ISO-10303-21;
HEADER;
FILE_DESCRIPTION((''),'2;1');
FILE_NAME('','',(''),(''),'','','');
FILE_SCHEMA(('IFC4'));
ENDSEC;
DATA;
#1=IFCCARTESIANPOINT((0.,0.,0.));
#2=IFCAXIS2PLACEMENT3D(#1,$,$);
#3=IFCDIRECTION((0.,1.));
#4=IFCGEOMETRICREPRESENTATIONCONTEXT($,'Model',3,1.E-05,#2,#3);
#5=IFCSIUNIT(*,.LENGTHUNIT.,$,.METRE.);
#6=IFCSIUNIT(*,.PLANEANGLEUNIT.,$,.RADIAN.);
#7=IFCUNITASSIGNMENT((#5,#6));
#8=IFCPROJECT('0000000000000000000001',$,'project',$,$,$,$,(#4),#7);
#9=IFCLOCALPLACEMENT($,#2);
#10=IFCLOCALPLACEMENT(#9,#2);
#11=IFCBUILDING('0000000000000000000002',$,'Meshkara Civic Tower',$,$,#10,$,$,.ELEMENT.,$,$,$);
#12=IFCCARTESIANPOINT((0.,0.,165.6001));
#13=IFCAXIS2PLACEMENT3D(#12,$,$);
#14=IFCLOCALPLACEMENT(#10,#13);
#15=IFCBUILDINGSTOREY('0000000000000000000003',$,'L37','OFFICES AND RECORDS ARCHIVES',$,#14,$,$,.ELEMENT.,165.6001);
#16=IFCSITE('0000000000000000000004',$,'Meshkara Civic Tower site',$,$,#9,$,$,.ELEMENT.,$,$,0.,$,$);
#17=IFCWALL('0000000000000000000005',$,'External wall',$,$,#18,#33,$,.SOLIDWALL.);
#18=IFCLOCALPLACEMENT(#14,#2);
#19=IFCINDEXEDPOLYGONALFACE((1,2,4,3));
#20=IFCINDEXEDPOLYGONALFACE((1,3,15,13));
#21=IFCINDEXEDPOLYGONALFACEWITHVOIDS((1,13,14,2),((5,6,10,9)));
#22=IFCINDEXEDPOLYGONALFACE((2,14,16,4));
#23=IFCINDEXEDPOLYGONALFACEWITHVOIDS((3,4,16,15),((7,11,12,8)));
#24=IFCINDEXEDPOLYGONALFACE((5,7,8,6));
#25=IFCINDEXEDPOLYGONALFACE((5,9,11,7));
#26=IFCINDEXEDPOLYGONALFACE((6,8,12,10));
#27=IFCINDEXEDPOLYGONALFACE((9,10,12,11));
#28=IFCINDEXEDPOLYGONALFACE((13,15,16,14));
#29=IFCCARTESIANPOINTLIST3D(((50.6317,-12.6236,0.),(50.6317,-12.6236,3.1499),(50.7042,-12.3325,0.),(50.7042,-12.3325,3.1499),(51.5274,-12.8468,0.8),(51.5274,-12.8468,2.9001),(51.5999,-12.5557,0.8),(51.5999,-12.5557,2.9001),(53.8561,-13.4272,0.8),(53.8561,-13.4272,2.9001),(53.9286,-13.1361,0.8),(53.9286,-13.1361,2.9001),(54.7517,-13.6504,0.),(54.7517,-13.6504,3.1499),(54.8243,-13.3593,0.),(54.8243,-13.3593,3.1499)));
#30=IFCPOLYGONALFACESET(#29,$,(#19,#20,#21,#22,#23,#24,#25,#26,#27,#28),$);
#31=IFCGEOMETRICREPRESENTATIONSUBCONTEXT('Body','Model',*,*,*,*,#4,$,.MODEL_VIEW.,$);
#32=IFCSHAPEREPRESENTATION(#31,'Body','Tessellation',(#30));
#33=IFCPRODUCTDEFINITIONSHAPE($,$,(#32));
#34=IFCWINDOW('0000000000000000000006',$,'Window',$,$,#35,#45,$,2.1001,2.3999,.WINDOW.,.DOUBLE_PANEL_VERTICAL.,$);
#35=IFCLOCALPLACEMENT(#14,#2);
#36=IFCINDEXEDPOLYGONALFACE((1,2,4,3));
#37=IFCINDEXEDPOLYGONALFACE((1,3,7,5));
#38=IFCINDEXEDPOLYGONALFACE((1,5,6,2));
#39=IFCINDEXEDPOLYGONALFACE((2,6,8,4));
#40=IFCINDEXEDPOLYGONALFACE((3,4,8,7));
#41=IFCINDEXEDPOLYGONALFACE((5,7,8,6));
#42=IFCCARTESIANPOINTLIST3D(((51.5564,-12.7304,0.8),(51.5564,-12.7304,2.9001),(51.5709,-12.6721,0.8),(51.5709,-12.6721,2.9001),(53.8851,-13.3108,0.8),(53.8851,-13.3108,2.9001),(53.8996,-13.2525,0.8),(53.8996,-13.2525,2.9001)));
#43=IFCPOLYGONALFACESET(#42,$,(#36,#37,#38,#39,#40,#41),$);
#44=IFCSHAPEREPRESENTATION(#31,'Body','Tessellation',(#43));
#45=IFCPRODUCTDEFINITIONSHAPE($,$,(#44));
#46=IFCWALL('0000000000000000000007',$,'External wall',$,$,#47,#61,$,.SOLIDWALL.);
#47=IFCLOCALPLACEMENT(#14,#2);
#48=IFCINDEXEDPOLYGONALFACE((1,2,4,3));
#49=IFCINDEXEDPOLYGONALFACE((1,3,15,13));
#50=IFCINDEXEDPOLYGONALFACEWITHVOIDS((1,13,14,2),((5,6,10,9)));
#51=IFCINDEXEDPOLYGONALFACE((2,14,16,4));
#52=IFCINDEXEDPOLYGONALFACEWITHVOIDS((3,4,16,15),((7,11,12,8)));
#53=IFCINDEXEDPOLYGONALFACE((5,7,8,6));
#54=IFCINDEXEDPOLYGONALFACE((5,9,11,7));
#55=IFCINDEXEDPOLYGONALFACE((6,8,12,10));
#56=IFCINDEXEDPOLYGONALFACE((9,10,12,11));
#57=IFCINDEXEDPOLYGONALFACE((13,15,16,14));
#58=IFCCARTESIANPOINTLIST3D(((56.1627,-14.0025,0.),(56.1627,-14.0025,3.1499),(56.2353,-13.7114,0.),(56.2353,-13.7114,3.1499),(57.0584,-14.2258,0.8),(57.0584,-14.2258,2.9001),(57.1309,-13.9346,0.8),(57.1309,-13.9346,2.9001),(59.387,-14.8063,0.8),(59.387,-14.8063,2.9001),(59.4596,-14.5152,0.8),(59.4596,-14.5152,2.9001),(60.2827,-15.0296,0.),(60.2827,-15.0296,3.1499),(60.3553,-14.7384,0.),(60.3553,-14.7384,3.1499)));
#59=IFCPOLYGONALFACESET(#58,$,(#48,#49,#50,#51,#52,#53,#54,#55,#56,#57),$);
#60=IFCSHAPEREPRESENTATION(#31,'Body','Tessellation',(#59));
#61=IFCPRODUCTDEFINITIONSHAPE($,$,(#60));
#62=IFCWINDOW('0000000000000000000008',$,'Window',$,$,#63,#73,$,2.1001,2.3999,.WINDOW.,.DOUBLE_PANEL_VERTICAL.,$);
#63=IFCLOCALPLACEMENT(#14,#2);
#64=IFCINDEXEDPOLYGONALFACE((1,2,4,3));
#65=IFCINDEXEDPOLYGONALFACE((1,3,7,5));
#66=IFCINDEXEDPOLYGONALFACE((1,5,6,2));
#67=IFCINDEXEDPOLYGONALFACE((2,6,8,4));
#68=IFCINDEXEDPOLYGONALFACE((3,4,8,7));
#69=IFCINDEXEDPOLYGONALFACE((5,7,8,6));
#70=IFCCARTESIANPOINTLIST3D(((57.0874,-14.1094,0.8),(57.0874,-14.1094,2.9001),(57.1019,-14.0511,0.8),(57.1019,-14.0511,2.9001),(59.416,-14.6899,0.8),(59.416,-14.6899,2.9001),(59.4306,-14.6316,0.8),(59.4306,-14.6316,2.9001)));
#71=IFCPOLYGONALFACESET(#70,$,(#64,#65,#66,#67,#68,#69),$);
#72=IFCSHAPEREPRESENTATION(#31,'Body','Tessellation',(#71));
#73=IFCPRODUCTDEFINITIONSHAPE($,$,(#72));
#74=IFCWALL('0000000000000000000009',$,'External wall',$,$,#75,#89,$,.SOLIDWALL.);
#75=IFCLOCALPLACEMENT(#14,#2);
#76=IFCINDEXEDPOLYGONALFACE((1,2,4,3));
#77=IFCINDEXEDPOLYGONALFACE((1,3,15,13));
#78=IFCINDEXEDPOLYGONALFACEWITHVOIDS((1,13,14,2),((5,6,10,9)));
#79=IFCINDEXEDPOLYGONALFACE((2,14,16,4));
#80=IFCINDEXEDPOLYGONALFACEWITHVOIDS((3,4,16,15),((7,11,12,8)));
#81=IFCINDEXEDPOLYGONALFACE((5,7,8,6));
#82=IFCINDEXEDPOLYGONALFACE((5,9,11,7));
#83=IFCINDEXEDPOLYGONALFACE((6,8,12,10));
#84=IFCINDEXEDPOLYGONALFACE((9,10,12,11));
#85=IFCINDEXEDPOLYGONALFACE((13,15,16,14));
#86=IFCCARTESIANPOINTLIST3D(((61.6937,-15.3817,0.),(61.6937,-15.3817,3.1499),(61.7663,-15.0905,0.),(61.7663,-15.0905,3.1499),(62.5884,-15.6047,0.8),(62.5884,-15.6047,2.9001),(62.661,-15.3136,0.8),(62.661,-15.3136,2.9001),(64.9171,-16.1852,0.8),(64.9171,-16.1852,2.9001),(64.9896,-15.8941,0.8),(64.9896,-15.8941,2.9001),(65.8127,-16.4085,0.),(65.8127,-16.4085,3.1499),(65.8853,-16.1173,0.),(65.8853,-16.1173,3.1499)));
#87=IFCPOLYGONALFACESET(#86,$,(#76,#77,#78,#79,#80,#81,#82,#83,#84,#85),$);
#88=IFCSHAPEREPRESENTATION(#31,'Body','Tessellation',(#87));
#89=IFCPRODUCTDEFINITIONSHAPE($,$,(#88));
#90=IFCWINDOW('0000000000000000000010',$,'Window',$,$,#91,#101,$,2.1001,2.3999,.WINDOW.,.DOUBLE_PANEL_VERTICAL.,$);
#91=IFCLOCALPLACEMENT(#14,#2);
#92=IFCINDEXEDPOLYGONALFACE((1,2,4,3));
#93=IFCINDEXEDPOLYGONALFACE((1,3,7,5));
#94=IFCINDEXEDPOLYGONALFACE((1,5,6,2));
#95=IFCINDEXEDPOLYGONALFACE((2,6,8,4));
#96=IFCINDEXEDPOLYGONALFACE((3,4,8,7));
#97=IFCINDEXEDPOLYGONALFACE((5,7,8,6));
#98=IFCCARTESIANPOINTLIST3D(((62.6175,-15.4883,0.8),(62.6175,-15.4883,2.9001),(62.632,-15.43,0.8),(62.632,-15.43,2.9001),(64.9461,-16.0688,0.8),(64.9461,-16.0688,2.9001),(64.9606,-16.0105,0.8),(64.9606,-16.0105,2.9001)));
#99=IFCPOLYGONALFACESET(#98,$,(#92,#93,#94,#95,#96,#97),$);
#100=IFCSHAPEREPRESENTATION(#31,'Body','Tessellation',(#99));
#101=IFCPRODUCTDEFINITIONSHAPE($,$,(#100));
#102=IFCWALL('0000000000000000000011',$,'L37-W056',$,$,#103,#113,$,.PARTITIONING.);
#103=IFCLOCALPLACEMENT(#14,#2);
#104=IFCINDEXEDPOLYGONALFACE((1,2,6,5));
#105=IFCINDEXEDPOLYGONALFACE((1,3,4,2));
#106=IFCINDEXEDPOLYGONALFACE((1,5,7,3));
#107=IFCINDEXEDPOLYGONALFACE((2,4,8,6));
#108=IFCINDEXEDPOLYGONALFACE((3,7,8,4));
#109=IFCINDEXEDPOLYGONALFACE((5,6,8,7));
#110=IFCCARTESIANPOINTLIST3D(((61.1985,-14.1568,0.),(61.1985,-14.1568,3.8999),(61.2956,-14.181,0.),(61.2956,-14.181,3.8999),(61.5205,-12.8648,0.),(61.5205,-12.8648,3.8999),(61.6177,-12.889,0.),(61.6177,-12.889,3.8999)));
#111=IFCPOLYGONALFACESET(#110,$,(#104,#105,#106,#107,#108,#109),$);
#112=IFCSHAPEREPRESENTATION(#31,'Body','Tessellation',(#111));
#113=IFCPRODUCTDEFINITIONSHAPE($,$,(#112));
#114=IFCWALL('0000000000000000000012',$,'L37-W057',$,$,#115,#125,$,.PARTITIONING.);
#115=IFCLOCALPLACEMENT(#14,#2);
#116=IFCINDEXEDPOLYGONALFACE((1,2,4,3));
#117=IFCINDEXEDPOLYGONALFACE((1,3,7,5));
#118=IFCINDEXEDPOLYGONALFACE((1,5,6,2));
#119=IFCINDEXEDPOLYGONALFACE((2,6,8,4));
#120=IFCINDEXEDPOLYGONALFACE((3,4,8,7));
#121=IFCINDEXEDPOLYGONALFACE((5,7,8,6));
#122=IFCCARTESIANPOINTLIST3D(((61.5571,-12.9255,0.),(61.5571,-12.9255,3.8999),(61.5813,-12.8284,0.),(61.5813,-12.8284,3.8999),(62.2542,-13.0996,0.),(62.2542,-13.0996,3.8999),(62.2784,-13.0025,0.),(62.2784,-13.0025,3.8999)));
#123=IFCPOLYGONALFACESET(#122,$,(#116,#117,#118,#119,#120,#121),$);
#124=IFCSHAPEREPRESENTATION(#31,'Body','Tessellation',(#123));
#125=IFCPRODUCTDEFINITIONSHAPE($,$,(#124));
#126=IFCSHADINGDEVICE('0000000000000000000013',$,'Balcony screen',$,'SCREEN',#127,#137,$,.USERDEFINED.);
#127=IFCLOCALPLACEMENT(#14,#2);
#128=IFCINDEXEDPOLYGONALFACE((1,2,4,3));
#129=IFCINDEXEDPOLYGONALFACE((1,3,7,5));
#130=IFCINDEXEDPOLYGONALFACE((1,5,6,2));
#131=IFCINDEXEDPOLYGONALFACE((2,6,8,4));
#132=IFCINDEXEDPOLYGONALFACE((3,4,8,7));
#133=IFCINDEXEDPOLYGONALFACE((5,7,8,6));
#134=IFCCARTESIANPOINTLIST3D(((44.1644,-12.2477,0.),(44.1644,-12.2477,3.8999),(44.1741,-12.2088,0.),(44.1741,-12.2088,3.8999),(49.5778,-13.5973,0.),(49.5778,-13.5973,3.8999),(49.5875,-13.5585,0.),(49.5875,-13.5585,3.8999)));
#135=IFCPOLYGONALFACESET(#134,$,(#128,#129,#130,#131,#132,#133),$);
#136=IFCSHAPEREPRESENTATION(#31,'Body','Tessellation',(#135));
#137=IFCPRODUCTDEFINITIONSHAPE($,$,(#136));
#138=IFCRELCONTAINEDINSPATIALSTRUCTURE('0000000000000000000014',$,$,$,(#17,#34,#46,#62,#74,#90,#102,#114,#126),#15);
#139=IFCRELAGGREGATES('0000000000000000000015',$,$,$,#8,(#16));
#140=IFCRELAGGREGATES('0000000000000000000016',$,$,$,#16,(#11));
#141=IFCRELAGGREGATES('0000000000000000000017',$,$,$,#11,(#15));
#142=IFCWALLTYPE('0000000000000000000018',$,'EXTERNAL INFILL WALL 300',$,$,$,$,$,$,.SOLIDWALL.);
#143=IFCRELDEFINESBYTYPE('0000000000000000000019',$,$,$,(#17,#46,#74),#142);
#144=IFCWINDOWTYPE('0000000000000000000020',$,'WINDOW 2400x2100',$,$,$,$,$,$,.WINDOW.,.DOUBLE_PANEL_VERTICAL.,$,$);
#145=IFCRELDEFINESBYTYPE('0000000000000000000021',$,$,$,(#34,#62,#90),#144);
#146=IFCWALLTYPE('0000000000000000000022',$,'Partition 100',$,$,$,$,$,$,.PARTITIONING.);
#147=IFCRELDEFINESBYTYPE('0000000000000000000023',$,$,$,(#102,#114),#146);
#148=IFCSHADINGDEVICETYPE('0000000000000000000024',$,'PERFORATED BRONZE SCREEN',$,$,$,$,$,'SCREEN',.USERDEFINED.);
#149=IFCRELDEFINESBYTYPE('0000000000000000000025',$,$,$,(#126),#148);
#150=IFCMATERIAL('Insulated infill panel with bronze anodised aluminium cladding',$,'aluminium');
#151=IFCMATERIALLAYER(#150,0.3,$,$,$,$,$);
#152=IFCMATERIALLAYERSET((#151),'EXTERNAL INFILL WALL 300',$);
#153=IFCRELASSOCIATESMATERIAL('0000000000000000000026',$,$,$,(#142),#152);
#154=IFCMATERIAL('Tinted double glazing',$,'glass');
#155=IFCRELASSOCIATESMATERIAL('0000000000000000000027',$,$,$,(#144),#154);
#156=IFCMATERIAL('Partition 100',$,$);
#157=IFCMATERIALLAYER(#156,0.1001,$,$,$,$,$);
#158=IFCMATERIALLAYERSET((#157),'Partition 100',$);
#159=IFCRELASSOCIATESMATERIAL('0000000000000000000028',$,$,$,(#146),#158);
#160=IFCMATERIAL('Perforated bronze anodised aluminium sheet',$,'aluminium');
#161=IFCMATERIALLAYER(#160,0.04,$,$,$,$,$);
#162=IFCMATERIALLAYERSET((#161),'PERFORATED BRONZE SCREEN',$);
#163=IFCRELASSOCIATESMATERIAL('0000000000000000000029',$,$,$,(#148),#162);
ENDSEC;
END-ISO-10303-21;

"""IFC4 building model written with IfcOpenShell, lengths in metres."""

from ifc_helpers import new_model, si_unit, direction, frame, frame_2d, origin, origin_2d, place, context, subcontext, project, spatial, rectangle, extrude, material, layer, layer_set, type_object, element, fill, save


model = new_model("IFC4")

# Units and contexts
model_context = context("Model", 3, precision=1e-05, world=origin(), true_north=direction((0.0, 1.0)))
body_context = subcontext(model_context, "Body", "Model", "MODEL_VIEW")
ifc_project = project(units=[si_unit("LENGTHUNIT", "METRE"), si_unit("PLANEANGLEUNIT", "RADIAN")], contexts=[model_context])

# Site, building, storey
site_placement = place(None, origin())
site = spatial("IfcSite", under=ifc_project, at=site_placement, Name="Meshkara Civic Tower site", CompositionType="ELEMENT", RefElevation=0.0)
building_placement = place(site_placement, origin())
building = spatial("IfcBuilding", under=site, at=building_placement, Name="Meshkara Civic Tower", CompositionType="ELEMENT")
storey_placement = place(building_placement, frame((0.0, 0.0, 165.6001)))
storey = spatial("IfcBuildingStorey", under=building, at=storey_placement, Name="L37", Description="OFFICES AND RECORDS ARCHIVES", CompositionType="ELEMENT", Elevation=165.6001)

# Walls, openings, windows
ifc_material_1 = material(Name="Insulated infill panel with bronze anodised aluminium cladding", Category="aluminium")
ifc_layer_1 = layer(ifc_material_1, 0.3)
ifc_layer_set_1 = layer_set([ifc_layer_1], Name="EXTERNAL INFILL WALL 300")
wall_type_1 = type_object("IfcWallType", Name="EXTERNAL INFILL WALL 300", PredefinedType="SOLIDWALL", material=ifc_layer_set_1)
wall_1_placement = place(storey_placement, frame((50.668, -12.478, 0.0), z_axis=(0.0, 0.0, 1.0), x_axis=(0.970318, -0.241832, 0.0)))
wall_1 = element("IfcWall", 1, at=wall_1_placement, inside=storey, type_object=wall_type_1, Name="External wall", PredefinedType="SOLIDWALL", context=body_context, shape_type="SweptSolid", body=[
    extrude(rectangle(XDim=4.2461, YDim=0.3, at=frame_2d((2.123, 0.0))), origin(), (0.0, 0.0, 1.0), 3.1499),
])
opening_1_placement = place(wall_1_placement, frame((0.9231, 0.0, 0.8)))
opening_1 = element("IfcOpeningElement", 2, at=opening_1_placement, cuts=wall_1, PredefinedType="OPENING", context=body_context, shape_type="SweptSolid", body=[
    extrude(rectangle(XDim=2.3999, YDim=2.1001, at=frame_2d((1.2, 1.05))), frame((0.0, 0.1599, 0.0), z_axis=(0.0, -1.0, 0.0), x_axis=(1.0, 0.0, 0.0)), (0.0, 0.0, 1.0), 0.3201),
])
ifc_material_2 = material(Name="Tinted double glazing", Category="glass")
window_type = type_object("IfcWindowType", Name="WINDOW 2400x2100", PartitioningType="DOUBLE_PANEL_VERTICAL", PredefinedType="WINDOW", material=ifc_material_2)
window_1_placement = place(opening_1_placement, origin())
window_1 = element("IfcWindow", 3, at=window_1_placement, inside=storey, type_object=window_type, Name="Window", OverallHeight=2.1001, OverallWidth=2.3999, PartitioningType="DOUBLE_PANEL_VERTICAL", PredefinedType="WINDOW", context=body_context, shape_type="SweptSolid", body=[
    extrude(rectangle(XDim=2.3999, YDim=2.1001, at=frame_2d((1.2, 1.05))), frame((0.0, 0.03, 0.0), z_axis=(0.0, -1.0, 0.0), x_axis=(1.0, 0.0, 0.0)), (0.0, 0.0, 1.0), 0.0601),
])
fill(opening_1, window_1)
wall_2_placement = place(storey_placement, frame((56.199, -13.8569, 0.0), z_axis=(0.0, 0.0, 1.0), x_axis=(0.970305, -0.241886, 0.0)))
wall_2 = element("IfcWall", 4, at=wall_2_placement, inside=storey, type_object=wall_type_1, Name="External wall", PredefinedType="SOLIDWALL", context=body_context, shape_type="SweptSolid", body=[
    extrude(rectangle(XDim=4.2461, YDim=0.3, at=frame_2d((2.123, 0.0))), origin(), (0.0, 0.0, 1.0), 3.1499),
])
opening_2_placement = place(wall_2_placement, frame((0.9231, 0.0, 0.8)))
opening_2 = element("IfcOpeningElement", 5, at=opening_2_placement, cuts=wall_2, PredefinedType="OPENING", context=body_context, shape_type="SweptSolid", body=[
    extrude(rectangle(XDim=2.3999, YDim=2.1001, at=frame_2d((1.2, 1.05))), frame((0.0, 0.1599, 0.0), z_axis=(0.0, -1.0, 0.0), x_axis=(1.0, 0.0, 0.0)), (0.0, 0.0, 1.0), 0.3201),
])
window_2_placement = place(opening_2_placement, origin())
window_2 = element("IfcWindow", 6, at=window_2_placement, inside=storey, type_object=window_type, Name="Window", OverallHeight=2.1001, OverallWidth=2.3999, PartitioningType="DOUBLE_PANEL_VERTICAL", PredefinedType="WINDOW", context=body_context, shape_type="SweptSolid", body=[
    extrude(rectangle(XDim=2.3999, YDim=2.1001, at=frame_2d((1.2, 1.05))), frame((0.0, 0.03, 0.0), z_axis=(0.0, -1.0, 0.0), x_axis=(1.0, 0.0, 0.0)), (0.0, 0.0, 1.0), 0.0601),
])
fill(opening_2, window_2)
wall_3_placement = place(storey_placement, frame((61.73, -15.2361, 0.0), z_axis=(0.0, 0.0, 1.0), x_axis=(0.970305, -0.241886, 0.0)))
wall_3 = element("IfcWall", 7, at=wall_3_placement, inside=storey, type_object=wall_type_1, Name="External wall", PredefinedType="SOLIDWALL", context=body_context, shape_type="SweptSolid", body=[
    extrude(rectangle(XDim=4.2451, YDim=0.3, at=frame_2d((2.1226, 0.0))), origin(), (0.0, 0.0, 1.0), 3.1499),
])
opening_3_placement = place(wall_3_placement, frame((0.9221, 0.0, 0.8)))
opening_3 = element("IfcOpeningElement", 8, at=opening_3_placement, cuts=wall_3, PredefinedType="OPENING", context=body_context, shape_type="SweptSolid", body=[
    extrude(rectangle(XDim=2.3999, YDim=2.1001, at=frame_2d((1.2, 1.05))), frame((0.0, 0.1599, 0.0), z_axis=(0.0, -1.0, 0.0), x_axis=(1.0, 0.0, 0.0)), (0.0, 0.0, 1.0), 0.3201),
])
window_3_placement = place(opening_3_placement, origin())
window_3 = element("IfcWindow", 9, at=window_3_placement, inside=storey, type_object=window_type, Name="Window", OverallHeight=2.1001, OverallWidth=2.3999, PartitioningType="DOUBLE_PANEL_VERTICAL", PredefinedType="WINDOW", context=body_context, shape_type="SweptSolid", body=[
    extrude(rectangle(XDim=2.3999, YDim=2.1001, at=frame_2d((1.2, 1.05))), frame((0.0, 0.03, 0.0), z_axis=(0.0, -1.0, 0.0), x_axis=(1.0, 0.0, 0.0)), (0.0, 0.0, 1.0), 0.0601),
])
fill(opening_3, window_3)

# Walls
ifc_material_3 = material(Name="Partition 100")
ifc_layer_2 = layer(ifc_material_3, 0.1001)
ifc_layer_set_2 = layer_set([ifc_layer_2], Name="Partition 100")
wall_type_2 = type_object("IfcWallType", Name="Partition 100", PredefinedType="PARTITIONING", material=ifc_layer_set_2)
wall_4_placement = place(storey_placement, frame((61.2471, -14.1689, 0.0), z_axis=(0.0, 0.0, 1.0), x_axis=(0.241845, 0.970315, 0.0)))
element("IfcWall", 10, at=wall_4_placement, inside=storey, type_object=wall_type_2, Name="L37-W056", PredefinedType="PARTITIONING", context=body_context, shape_type="SweptSolid", body=[
    extrude(rectangle(XDim=1.3315, YDim=0.1001, at=frame_2d((0.6658, 0.0))), origin(), (0.0, 0.0, 1.0), 3.8999),
])
wall_5_placement = place(storey_placement, frame((61.5691, -12.877, 0.0), z_axis=(0.0, 0.0, 1.0), x_axis=(0.970202, -0.242296, 0.0)))
element("IfcWall", 11, at=wall_5_placement, inside=storey, type_object=wall_type_2, Name="L37-W057", PredefinedType="PARTITIONING", context=body_context, shape_type="SweptSolid", body=[
    extrude(rectangle(XDim=0.7185, YDim=0.1001, at=frame_2d((0.3594, 0.0))), origin(), (0.0, 0.0, 1.0), 3.8999),
])

# Shading device
ifc_material_4 = material(Name="Perforated bronze anodised aluminium sheet", Category="aluminium")
ifc_layer_3 = layer(ifc_material_4, 0.04)
ifc_layer_set_3 = layer_set([ifc_layer_3], Name="PERFORATED BRONZE SCREEN")
shading_device_type = type_object("IfcShadingDeviceType", Name="PERFORATED BRONZE SCREEN", ElementType="SCREEN", PredefinedType="USERDEFINED", material=ifc_layer_set_3)
shading_device_placement = place(storey_placement, frame((46.876, -12.9031, 0.0), z_axis=(0.0, 0.0, 1.0), x_axis=(0.9703, -0.241905, 0.0)))
element("IfcShadingDevice", 12, at=shading_device_placement, inside=storey, type_object=shading_device_type, Name="Balcony screen", ObjectType="SCREEN", PredefinedType="USERDEFINED", context=body_context, shape_type="SweptSolid", body=[
    extrude(rectangle(XDim=5.5791, YDim=0.04, at=origin_2d()), origin(), (0.0, 0.0, 1.0), 3.8999),
])

save(model, "model.ifc")
